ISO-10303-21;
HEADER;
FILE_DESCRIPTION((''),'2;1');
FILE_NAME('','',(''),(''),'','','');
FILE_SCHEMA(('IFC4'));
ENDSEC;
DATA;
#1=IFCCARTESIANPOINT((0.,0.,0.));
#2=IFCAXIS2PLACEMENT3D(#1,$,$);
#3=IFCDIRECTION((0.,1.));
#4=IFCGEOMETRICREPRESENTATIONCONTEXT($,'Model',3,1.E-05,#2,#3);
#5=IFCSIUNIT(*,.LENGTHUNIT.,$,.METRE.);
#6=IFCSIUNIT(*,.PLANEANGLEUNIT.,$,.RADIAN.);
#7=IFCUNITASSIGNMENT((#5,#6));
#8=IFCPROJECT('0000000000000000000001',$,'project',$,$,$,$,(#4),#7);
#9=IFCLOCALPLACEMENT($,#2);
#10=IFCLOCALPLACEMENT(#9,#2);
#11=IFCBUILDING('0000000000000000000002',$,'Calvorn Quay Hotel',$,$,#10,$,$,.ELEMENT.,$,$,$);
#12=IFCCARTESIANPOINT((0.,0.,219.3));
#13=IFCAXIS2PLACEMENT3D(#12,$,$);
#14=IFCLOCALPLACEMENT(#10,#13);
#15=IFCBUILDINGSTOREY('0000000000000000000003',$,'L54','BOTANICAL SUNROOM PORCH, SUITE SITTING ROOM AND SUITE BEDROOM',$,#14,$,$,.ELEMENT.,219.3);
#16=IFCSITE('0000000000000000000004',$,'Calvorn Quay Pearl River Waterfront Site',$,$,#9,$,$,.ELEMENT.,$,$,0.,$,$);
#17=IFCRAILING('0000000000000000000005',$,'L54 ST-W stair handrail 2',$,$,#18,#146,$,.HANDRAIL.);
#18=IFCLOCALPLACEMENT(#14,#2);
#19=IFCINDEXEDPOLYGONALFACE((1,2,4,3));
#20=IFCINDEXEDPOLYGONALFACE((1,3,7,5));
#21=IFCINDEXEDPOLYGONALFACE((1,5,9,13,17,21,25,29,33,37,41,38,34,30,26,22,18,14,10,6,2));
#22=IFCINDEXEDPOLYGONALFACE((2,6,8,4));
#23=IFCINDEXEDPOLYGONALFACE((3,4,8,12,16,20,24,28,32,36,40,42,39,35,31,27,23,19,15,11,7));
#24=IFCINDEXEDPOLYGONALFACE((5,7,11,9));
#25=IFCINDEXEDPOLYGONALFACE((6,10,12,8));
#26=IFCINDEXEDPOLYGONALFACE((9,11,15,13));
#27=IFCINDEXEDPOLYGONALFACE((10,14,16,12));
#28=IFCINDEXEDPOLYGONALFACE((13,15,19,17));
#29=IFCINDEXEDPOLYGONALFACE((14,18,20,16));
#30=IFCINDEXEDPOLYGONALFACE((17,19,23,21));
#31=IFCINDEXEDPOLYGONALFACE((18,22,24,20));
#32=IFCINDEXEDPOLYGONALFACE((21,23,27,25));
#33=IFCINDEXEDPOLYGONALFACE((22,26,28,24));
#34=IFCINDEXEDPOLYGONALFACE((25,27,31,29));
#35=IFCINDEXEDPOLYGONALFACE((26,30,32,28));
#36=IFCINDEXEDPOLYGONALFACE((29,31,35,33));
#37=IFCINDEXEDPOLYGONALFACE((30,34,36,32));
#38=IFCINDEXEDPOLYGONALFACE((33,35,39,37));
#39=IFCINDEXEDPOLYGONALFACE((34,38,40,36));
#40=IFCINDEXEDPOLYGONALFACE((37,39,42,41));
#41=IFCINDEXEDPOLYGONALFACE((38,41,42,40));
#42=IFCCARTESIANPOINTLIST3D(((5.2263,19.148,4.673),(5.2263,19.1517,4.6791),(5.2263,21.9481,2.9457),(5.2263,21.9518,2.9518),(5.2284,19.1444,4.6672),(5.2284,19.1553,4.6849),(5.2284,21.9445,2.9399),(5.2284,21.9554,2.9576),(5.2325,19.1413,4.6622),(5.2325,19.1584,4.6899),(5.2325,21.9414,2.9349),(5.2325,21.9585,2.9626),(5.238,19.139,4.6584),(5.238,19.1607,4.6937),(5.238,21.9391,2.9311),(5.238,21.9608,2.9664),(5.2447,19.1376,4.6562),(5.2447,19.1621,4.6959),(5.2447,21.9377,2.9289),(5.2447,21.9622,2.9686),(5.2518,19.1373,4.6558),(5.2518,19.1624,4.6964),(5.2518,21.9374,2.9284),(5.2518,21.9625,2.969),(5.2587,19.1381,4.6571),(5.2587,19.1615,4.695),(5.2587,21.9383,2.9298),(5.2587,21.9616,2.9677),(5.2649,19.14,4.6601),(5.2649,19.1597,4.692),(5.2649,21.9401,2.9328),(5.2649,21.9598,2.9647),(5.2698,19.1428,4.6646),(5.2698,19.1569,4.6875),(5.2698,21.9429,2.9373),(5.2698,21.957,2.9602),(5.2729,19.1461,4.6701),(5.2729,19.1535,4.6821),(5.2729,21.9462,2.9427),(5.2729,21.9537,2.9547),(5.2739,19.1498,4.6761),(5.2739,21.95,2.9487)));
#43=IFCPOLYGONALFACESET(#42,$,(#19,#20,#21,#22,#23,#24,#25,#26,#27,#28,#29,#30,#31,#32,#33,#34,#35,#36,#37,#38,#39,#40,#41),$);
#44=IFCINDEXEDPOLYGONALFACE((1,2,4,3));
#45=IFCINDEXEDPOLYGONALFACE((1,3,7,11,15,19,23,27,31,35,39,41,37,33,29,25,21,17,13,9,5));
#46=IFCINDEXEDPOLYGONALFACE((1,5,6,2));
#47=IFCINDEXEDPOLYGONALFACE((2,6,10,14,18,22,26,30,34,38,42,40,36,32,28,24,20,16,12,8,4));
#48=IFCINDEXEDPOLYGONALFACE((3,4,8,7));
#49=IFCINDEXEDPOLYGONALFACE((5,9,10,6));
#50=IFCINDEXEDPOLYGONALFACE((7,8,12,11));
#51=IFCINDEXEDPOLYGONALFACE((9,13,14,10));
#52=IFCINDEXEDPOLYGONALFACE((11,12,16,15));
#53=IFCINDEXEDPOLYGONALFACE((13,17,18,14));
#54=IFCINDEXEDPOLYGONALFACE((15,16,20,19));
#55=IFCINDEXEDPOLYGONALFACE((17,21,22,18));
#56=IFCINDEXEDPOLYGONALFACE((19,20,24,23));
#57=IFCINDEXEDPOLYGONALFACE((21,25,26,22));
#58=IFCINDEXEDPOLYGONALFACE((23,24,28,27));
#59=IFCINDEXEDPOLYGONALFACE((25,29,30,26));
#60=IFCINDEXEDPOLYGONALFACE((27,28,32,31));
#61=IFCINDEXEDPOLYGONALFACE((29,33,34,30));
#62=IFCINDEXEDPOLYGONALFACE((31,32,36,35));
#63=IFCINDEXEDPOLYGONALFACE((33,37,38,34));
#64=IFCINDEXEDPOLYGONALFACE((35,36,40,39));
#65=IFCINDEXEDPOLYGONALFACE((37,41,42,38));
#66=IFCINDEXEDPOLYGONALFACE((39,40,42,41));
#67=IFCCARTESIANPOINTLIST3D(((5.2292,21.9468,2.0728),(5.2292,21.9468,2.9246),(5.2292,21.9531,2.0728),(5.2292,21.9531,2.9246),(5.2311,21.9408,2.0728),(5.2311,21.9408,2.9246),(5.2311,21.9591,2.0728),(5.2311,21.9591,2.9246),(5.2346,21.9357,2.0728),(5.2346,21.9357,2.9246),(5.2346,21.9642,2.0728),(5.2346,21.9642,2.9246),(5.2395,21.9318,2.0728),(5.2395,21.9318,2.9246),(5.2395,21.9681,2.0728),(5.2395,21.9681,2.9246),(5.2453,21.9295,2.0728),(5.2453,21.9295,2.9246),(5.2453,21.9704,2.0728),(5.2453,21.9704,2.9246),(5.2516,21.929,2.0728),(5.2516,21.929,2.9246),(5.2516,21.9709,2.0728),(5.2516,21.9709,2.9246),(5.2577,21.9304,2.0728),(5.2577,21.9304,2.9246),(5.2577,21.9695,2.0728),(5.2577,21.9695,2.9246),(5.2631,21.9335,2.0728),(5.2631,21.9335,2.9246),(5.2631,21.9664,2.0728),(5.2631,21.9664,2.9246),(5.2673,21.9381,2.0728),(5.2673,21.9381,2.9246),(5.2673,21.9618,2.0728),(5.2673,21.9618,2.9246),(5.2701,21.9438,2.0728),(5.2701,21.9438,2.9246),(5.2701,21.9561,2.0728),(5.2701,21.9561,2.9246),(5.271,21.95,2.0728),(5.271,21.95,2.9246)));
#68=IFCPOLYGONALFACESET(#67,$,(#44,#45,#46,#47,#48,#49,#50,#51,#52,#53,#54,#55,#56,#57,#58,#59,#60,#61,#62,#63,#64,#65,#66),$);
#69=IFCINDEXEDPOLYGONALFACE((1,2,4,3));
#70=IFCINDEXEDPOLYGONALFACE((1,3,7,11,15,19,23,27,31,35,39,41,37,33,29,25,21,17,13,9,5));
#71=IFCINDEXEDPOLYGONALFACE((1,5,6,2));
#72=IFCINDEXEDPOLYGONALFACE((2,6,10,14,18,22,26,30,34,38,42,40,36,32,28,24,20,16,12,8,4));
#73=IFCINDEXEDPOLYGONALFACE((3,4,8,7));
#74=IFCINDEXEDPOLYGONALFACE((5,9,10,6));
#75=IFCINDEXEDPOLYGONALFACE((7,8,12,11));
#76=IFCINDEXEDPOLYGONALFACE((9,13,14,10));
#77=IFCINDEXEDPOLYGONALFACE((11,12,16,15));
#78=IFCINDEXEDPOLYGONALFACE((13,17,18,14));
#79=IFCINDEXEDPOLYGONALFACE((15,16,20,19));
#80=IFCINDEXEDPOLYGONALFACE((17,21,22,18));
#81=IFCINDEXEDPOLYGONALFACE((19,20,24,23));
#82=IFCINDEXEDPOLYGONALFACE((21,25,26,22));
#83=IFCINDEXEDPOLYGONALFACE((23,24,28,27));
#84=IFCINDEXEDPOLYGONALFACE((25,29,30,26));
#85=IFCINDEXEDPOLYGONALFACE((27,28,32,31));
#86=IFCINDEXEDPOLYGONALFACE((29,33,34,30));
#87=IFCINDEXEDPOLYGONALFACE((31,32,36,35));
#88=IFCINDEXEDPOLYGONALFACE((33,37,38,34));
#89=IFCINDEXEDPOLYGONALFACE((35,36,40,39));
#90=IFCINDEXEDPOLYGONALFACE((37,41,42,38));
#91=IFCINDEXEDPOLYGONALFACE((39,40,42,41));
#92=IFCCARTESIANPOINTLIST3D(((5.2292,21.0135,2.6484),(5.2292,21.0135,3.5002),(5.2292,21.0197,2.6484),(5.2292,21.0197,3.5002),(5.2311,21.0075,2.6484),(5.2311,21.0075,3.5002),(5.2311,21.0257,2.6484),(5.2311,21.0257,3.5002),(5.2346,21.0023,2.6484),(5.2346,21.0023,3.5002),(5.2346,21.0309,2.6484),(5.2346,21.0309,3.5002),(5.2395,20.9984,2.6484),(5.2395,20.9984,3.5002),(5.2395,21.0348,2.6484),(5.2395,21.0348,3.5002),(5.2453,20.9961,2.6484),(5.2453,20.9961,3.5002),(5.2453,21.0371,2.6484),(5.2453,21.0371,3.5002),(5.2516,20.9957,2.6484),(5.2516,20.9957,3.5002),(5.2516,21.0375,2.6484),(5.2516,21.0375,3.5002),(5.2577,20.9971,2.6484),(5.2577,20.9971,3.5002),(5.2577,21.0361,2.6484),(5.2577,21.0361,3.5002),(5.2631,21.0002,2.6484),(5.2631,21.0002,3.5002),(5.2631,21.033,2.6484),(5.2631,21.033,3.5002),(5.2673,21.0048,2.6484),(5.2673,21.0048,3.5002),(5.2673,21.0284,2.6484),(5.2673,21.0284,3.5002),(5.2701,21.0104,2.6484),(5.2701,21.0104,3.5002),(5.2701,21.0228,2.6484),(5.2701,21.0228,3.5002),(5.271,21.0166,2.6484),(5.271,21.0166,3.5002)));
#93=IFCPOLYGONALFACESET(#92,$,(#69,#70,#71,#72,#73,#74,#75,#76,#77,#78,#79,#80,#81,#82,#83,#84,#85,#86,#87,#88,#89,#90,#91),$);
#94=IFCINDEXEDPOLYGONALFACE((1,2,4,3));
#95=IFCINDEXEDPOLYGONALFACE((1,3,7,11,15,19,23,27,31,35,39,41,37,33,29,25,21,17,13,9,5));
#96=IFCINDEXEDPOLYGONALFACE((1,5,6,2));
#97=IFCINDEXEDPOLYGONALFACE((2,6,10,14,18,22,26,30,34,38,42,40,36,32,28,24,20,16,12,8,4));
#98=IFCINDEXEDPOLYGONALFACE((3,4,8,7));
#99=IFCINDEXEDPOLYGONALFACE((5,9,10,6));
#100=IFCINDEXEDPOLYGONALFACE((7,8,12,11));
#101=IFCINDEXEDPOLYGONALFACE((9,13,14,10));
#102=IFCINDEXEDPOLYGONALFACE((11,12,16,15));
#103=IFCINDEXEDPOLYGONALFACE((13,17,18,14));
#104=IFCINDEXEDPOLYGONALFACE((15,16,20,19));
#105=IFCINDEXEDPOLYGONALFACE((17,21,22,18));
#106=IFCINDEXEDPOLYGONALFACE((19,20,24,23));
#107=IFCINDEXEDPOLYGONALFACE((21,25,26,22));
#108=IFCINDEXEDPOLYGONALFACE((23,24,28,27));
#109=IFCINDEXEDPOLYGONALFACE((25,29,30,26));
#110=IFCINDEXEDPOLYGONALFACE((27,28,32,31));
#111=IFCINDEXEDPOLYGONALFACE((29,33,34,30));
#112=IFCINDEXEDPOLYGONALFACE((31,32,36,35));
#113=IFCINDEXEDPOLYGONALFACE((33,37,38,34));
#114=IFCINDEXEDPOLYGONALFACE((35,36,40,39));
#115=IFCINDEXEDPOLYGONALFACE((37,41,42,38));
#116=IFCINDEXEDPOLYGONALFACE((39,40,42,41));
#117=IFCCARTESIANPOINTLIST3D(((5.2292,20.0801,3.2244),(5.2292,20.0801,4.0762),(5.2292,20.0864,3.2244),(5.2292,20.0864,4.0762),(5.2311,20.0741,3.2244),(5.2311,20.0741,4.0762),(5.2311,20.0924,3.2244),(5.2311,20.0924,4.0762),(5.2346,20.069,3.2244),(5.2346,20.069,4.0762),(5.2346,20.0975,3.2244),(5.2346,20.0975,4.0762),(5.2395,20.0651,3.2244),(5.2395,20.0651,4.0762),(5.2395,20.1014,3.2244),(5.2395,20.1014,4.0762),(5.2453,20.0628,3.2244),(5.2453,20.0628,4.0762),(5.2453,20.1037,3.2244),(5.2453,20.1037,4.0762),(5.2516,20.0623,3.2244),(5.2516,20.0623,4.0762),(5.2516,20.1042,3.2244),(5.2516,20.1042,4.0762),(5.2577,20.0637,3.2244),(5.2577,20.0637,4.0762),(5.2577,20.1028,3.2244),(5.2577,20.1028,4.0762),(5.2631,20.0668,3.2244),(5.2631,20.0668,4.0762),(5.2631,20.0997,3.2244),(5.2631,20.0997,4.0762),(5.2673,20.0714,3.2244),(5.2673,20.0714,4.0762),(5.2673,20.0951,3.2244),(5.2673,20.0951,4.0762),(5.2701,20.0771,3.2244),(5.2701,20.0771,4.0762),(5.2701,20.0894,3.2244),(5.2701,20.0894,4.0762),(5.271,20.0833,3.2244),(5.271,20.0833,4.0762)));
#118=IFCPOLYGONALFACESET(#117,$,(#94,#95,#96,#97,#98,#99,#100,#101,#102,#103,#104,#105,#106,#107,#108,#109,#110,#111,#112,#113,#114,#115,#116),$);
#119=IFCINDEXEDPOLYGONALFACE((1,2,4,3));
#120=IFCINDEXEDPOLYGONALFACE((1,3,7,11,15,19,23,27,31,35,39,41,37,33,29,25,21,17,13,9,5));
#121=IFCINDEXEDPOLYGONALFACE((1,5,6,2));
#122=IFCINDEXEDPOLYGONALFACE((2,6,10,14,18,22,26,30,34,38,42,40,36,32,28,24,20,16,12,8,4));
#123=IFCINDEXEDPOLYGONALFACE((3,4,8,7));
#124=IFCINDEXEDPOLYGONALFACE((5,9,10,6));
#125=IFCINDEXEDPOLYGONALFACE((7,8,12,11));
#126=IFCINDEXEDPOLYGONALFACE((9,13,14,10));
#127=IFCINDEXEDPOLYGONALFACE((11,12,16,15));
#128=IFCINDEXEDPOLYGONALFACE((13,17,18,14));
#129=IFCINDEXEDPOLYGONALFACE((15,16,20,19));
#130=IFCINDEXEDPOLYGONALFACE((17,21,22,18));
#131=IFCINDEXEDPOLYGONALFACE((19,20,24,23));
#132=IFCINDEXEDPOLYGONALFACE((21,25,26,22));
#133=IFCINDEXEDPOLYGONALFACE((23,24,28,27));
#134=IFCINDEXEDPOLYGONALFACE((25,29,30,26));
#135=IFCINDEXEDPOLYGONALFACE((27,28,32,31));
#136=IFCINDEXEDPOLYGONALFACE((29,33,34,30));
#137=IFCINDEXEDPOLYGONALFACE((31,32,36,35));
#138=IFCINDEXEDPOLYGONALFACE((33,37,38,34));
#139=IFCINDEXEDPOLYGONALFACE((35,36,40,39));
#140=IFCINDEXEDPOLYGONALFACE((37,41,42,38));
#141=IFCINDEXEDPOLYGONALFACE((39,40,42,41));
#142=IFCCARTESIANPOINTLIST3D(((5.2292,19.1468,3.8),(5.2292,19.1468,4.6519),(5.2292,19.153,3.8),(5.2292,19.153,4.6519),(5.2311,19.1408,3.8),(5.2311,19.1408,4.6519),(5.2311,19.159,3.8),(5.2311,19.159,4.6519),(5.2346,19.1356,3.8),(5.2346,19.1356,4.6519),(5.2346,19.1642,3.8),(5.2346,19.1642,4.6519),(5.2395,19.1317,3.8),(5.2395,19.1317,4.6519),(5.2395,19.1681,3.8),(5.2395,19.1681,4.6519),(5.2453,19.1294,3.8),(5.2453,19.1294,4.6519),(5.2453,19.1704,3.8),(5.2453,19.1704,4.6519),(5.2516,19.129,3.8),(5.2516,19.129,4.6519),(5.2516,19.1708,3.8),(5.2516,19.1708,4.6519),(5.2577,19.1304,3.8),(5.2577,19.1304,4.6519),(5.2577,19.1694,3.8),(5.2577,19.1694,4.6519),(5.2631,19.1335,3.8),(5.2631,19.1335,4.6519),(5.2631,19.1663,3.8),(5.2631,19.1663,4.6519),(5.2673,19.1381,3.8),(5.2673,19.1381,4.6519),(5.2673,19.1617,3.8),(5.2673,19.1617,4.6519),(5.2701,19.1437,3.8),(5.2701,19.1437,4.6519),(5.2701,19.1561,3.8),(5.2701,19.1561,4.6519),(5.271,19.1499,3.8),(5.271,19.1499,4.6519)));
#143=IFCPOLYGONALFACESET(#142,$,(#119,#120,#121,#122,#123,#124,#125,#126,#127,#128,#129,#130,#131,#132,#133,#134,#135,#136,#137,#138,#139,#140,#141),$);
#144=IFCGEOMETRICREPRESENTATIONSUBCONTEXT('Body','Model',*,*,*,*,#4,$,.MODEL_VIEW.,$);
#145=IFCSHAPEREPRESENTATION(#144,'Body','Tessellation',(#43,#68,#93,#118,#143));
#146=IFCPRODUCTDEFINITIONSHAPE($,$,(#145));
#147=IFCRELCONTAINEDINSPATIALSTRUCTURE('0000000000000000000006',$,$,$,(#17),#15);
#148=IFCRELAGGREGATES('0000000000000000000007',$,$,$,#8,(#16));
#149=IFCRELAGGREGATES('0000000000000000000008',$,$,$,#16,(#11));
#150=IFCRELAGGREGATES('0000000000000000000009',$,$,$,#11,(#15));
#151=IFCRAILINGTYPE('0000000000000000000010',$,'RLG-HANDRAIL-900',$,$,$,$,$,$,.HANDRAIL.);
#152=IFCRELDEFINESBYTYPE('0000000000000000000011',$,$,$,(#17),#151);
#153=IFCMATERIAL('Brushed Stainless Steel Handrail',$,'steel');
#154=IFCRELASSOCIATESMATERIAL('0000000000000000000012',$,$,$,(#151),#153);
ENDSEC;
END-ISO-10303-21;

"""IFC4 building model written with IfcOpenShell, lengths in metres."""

from ifc_helpers import new_model, si_unit, direction, frame, origin, origin_2d, place, context, subcontext, project, spatial, circle, extrude, material, type_object, element, save


model = new_model("IFC4")

# Units and contexts
model_context = context("Model", 3, precision=1e-05, world=origin(), true_north=direction((0.0, 1.0)))
body_context = subcontext(model_context, "Body", "Model", "MODEL_VIEW")
ifc_project = project(units=[si_unit("LENGTHUNIT", "METRE"), si_unit("PLANEANGLEUNIT", "RADIAN")], contexts=[model_context])

# Site, building, storey
site_placement = place(None, origin())
site = spatial("IfcSite", under=ifc_project, at=site_placement, Name="Calvorn Quay Pearl River Waterfront Site", CompositionType="ELEMENT", RefElevation=0.0)
building_placement = place(site_placement, origin())
building = spatial("IfcBuilding", under=site, at=building_placement, Name="Calvorn Quay Hotel", CompositionType="ELEMENT")
storey_placement = place(building_placement, frame((0.0, 0.0, 219.3)))
storey = spatial("IfcBuildingStorey", under=building, at=storey_placement, Name="L54", Description="BOTANICAL SUNROOM PORCH, SUITE SITTING ROOM AND SUITE BEDROOM", CompositionType="ELEMENT", Elevation=219.3)

# Railing
ifc_material_1 = material(Name="Brushed Stainless Steel Handrail", Category="steel")
railing_type_1 = type_object("IfcRailingType", Name="RLG-HANDRAIL-900", PredefinedType="HANDRAIL", material=ifc_material_1)
railing_1_placement = place(storey_placement, frame((5.25, 21.95, 2.0728)))
element("IfcRailing", 1, at=railing_1_placement, inside=storey, type_object=railing_type_1, Name="L54 ST-W stair handrail 2", PredefinedType="HANDRAIL", context=body_context, shape_type="SweptSolid", body=[
    extrude(circle(Radius=0.0239, at=origin_2d()), frame((0.0, 0.0, 0.876), z_axis=(0.0, -0.85109, 0.52502), x_axis=(1.0, 0.0, 0.0)), (0.0, 0.0, 1.0), 3.29),
    extrude(circle(Radius=0.021, at=origin_2d()), origin(), (0.0, 0.0, 1.0), 0.8518),
    extrude(circle(Radius=0.021, at=origin_2d()), frame((0.0, -0.9333, 0.5757)), (0.0, 0.0, 1.0), 0.8518),
    extrude(circle(Radius=0.021, at=origin_2d()), frame((0.0, -1.8667, 1.1516)), (0.0, 0.0, 1.0), 0.8518),
    extrude(circle(Radius=0.021, at=origin_2d()), frame((0.0, -2.8, 1.7273)), (0.0, 0.0, 1.0), 0.8518),
])

save(model, "model.ifc")
